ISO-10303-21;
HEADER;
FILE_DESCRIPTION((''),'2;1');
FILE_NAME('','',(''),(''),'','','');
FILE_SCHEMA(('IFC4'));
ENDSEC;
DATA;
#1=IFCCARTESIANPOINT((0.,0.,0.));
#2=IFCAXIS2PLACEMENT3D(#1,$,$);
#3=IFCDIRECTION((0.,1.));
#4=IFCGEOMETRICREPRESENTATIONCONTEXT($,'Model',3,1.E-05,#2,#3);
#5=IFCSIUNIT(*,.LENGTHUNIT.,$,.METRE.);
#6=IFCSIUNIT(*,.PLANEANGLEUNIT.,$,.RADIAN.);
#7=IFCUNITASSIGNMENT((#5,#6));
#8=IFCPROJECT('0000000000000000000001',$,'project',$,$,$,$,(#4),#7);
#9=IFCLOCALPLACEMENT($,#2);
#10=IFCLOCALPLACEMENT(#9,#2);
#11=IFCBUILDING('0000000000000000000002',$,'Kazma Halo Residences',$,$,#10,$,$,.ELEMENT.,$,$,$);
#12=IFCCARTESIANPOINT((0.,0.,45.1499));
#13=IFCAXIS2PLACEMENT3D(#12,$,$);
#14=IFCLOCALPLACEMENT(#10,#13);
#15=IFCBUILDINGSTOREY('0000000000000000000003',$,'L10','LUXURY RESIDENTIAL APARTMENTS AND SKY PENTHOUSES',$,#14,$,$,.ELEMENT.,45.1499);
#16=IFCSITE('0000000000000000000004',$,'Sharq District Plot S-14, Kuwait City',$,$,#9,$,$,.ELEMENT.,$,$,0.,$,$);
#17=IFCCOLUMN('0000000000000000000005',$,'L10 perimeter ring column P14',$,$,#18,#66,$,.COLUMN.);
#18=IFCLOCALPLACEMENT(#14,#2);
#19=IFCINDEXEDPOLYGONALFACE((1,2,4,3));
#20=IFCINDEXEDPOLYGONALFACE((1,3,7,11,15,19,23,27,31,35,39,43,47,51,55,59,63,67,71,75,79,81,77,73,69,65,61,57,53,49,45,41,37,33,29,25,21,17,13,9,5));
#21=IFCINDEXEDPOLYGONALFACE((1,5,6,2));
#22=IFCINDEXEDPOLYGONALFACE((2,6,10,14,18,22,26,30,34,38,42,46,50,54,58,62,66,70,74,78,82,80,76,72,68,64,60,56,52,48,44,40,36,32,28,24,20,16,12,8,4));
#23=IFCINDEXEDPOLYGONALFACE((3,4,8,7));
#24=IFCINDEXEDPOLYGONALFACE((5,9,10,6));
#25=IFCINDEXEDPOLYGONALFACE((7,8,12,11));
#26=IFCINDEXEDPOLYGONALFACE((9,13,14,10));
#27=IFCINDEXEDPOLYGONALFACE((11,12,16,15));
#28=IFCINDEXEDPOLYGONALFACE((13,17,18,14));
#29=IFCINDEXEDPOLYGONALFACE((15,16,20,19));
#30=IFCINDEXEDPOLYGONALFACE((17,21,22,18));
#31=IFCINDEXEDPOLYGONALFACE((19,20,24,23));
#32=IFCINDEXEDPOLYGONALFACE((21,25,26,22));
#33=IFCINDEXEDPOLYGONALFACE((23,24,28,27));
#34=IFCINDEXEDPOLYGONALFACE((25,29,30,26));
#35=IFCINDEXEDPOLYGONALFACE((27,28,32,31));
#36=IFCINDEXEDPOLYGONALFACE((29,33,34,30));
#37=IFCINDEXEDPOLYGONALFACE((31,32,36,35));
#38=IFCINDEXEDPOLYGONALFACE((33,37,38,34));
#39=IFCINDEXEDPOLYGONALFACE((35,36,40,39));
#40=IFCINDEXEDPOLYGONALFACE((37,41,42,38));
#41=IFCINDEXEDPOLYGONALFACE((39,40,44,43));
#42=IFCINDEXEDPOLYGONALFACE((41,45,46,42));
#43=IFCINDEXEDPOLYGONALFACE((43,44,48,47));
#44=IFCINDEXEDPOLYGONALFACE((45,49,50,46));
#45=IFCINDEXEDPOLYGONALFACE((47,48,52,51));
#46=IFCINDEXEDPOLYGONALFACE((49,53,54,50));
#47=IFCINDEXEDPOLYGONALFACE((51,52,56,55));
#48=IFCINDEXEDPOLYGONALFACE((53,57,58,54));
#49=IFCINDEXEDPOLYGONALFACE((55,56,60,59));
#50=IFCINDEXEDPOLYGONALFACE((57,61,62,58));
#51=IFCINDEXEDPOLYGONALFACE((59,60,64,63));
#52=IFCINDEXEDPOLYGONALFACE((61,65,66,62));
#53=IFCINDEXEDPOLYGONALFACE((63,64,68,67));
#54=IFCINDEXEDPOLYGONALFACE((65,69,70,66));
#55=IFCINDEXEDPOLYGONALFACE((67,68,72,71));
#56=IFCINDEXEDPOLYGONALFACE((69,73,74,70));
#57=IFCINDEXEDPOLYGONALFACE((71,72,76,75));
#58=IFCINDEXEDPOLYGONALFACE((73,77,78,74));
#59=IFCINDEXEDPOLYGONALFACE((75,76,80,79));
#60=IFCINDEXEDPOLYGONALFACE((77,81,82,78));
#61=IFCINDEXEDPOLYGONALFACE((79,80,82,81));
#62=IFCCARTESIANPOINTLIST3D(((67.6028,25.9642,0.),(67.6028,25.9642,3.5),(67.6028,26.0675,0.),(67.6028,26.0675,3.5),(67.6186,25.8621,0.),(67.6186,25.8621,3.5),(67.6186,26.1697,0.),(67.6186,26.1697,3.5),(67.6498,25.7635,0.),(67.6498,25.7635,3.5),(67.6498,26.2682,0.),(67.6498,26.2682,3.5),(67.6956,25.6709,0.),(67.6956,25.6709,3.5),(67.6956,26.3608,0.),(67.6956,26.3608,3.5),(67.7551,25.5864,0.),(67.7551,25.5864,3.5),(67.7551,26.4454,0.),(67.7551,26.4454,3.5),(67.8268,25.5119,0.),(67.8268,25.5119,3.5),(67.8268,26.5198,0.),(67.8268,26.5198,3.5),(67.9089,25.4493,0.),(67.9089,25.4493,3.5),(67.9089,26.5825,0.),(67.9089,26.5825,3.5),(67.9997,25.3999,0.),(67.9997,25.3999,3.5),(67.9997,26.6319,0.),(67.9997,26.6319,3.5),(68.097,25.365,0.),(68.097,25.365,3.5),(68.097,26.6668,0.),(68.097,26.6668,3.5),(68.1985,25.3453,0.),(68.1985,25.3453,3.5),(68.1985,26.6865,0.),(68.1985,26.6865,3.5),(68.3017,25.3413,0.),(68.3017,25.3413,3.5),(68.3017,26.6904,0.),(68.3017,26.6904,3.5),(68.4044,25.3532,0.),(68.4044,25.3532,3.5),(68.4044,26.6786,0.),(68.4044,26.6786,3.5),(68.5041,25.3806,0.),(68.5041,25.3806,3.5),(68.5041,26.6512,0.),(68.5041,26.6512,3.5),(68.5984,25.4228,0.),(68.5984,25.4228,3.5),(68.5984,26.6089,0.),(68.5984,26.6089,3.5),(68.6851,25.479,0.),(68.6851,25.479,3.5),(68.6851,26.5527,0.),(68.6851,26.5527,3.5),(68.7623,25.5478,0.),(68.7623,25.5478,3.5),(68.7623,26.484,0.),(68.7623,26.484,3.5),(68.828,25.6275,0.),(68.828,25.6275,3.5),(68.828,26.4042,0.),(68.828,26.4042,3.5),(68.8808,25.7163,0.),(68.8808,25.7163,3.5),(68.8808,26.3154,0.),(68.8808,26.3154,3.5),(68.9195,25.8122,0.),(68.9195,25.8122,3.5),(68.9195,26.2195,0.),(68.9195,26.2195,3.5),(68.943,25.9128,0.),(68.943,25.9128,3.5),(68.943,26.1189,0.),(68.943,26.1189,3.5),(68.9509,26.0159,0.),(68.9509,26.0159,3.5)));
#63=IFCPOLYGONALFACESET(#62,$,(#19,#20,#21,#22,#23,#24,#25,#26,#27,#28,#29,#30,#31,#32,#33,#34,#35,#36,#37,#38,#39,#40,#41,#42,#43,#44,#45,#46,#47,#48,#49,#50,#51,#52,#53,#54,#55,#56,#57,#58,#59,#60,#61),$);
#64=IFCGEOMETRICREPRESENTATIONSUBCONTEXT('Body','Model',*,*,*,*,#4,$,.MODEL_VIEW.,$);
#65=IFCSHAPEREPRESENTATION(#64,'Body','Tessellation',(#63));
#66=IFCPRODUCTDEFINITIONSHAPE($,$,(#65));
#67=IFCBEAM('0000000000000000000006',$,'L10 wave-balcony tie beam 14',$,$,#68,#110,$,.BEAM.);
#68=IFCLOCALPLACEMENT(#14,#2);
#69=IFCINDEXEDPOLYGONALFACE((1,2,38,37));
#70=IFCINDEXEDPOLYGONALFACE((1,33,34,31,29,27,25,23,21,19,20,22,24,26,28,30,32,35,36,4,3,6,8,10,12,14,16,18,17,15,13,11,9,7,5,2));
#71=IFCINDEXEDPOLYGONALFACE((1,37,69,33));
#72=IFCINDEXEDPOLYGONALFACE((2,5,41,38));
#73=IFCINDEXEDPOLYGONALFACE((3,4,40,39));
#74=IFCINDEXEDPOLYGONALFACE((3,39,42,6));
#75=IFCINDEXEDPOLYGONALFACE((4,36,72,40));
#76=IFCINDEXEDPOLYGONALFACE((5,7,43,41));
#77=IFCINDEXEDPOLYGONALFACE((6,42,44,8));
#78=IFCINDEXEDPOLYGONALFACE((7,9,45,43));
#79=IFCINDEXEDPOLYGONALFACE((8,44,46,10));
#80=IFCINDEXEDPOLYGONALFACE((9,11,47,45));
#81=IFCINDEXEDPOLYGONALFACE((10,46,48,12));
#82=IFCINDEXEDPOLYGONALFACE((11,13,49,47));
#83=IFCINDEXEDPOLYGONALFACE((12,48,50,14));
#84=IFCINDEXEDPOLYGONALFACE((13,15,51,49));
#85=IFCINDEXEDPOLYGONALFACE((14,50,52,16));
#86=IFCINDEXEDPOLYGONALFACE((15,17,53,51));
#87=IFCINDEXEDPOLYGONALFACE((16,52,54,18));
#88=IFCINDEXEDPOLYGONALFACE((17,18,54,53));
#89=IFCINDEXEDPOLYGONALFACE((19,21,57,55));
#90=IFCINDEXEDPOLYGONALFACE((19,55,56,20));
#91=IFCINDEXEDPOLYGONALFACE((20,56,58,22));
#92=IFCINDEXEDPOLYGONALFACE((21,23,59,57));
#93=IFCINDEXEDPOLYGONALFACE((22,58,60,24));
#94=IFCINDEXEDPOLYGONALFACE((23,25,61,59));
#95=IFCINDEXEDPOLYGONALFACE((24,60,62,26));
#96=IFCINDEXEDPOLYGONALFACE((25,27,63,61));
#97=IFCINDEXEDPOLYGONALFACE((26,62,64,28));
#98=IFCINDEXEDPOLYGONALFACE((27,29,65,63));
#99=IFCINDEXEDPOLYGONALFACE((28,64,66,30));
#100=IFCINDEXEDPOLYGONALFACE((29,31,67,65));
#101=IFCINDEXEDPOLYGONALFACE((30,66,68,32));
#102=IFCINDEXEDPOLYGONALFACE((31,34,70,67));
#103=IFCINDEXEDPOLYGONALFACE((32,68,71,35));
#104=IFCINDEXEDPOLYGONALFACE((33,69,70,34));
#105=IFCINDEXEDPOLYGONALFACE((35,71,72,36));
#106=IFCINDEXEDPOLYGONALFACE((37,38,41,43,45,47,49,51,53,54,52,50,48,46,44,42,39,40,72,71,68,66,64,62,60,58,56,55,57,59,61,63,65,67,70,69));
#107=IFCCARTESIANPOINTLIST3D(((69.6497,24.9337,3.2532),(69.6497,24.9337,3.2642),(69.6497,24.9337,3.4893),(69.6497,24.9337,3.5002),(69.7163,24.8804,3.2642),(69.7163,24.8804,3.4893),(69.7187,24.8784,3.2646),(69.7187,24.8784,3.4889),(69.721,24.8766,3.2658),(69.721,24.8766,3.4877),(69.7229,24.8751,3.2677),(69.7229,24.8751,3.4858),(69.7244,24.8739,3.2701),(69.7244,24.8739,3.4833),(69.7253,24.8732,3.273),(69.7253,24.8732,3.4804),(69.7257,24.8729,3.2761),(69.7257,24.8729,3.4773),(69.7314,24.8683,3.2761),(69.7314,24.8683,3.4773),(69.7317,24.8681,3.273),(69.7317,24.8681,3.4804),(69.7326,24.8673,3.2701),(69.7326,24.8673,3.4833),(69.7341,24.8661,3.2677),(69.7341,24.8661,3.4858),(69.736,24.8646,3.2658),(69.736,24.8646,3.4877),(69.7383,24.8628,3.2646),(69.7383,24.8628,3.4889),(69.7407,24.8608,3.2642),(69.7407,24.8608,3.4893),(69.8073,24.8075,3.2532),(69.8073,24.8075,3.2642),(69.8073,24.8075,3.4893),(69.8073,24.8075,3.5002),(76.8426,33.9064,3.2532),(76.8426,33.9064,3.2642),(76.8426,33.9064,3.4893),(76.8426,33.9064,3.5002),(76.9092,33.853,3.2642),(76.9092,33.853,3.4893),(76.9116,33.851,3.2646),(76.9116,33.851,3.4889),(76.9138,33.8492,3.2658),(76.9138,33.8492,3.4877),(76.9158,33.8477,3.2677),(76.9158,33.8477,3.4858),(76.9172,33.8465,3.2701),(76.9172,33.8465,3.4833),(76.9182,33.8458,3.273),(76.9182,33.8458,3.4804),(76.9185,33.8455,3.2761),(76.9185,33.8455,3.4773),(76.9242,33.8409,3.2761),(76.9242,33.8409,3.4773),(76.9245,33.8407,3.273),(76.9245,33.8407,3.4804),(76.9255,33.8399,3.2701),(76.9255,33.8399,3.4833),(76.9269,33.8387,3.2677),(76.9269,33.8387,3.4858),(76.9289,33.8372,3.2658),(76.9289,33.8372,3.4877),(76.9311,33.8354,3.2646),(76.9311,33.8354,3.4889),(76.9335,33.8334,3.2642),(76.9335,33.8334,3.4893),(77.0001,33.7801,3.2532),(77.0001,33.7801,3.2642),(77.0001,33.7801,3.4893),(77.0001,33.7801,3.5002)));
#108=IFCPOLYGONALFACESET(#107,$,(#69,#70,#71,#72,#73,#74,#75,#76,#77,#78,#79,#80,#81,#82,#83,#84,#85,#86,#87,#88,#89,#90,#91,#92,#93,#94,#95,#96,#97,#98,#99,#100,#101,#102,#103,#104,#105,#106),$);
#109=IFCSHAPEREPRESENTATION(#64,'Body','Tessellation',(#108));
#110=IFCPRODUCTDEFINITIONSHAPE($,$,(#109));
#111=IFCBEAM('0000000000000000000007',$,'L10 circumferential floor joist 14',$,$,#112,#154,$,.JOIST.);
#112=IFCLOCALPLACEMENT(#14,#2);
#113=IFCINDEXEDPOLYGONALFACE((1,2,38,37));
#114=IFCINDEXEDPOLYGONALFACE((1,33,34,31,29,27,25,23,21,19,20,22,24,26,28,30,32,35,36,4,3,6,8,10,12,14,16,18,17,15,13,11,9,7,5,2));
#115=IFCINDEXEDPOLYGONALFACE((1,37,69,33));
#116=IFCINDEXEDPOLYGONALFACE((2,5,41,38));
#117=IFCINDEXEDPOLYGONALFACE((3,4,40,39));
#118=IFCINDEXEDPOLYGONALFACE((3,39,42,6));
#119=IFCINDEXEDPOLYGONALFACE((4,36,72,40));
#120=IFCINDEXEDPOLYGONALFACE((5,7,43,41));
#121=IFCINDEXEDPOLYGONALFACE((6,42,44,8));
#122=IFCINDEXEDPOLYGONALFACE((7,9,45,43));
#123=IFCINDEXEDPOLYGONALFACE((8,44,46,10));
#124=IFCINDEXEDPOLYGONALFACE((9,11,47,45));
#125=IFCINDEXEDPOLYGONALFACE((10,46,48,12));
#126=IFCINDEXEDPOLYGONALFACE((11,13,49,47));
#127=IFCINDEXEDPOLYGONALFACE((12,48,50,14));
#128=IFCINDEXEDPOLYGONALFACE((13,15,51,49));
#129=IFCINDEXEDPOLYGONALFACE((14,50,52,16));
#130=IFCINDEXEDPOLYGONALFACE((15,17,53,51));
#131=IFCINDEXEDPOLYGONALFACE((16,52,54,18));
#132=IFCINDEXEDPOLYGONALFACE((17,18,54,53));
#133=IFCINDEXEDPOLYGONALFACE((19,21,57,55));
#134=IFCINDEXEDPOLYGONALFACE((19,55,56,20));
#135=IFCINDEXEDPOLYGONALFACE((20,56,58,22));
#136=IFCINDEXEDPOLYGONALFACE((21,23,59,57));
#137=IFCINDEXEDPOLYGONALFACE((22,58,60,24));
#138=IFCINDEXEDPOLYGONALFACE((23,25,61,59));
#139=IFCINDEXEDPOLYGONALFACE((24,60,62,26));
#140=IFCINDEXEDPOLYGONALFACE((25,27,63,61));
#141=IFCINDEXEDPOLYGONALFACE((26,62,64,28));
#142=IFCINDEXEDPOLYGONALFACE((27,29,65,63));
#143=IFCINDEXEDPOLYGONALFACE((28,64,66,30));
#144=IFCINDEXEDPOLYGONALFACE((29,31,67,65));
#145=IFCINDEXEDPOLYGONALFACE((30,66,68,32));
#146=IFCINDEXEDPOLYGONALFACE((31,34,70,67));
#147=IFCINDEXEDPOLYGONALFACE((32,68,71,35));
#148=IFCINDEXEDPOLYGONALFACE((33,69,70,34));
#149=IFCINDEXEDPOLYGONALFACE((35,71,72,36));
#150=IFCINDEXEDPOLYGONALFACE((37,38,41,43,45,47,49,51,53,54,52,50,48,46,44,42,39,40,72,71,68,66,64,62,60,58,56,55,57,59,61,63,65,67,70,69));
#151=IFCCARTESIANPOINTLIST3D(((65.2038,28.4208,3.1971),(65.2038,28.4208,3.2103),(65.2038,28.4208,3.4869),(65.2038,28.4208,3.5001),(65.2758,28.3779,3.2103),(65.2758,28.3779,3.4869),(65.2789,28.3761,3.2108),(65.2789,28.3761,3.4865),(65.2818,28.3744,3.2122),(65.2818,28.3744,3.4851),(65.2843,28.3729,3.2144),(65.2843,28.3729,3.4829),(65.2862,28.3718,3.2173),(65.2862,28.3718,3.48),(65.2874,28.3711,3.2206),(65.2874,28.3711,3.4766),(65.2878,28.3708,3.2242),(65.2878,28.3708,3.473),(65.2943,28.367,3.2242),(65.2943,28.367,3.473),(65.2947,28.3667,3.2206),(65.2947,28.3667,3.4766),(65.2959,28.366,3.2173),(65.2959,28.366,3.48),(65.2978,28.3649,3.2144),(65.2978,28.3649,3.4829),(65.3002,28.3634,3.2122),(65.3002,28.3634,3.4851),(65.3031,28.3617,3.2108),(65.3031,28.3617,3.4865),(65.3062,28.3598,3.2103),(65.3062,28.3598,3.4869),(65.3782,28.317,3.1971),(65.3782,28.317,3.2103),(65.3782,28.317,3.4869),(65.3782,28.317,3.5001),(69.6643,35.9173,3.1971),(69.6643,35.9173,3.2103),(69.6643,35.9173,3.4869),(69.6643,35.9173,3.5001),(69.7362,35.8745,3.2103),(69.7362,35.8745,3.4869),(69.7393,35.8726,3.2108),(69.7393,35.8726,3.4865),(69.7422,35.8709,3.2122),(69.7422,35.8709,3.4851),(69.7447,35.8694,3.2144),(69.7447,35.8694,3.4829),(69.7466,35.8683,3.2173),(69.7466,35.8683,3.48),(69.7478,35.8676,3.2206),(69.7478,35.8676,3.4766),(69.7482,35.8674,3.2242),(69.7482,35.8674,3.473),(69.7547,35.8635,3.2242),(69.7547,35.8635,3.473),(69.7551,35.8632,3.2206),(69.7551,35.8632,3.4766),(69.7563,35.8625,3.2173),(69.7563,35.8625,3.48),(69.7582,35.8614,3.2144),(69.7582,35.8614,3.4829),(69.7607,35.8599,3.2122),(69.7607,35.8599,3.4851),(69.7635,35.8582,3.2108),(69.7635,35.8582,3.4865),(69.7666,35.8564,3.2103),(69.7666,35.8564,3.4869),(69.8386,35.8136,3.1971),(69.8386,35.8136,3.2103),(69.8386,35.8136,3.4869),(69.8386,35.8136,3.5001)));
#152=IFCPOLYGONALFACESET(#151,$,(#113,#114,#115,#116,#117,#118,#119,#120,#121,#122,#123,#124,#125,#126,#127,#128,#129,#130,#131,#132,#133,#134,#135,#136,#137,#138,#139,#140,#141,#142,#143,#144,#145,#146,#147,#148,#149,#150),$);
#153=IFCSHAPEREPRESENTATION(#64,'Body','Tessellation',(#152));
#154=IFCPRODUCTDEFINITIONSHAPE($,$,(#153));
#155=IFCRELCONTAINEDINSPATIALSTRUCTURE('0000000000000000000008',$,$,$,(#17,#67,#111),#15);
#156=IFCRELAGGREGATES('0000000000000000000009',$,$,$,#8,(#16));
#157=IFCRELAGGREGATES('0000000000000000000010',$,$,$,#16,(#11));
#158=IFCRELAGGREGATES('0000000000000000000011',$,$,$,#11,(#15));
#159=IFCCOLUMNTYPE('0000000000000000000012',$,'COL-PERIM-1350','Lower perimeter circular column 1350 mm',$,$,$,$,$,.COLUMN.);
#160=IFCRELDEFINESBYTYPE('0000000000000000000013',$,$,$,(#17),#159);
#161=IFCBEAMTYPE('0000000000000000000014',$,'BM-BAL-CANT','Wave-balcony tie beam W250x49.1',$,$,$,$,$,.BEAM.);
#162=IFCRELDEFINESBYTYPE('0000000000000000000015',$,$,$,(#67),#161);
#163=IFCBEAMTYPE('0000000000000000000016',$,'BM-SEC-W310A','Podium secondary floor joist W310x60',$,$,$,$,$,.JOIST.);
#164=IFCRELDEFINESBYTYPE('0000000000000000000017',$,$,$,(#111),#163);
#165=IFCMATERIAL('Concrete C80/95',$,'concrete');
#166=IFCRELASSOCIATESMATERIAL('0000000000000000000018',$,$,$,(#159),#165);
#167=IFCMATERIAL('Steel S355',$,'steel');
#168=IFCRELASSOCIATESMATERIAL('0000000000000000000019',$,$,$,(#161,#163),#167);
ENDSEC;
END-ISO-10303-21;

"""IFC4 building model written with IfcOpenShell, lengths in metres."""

from ifc_helpers import new_model, si_unit, direction, frame, origin, origin_2d, place, context, subcontext, project, spatial, circle, i_section, extrude, material, material_profile, profile_set, type_object, element, save


model = new_model("IFC4")

# Units and contexts
model_context = context("Model", 3, precision=1e-05, world=origin(), true_north=direction((0.0, 1.0)))
body_context = subcontext(model_context, "Body", "Model", "MODEL_VIEW")
ifc_project = project(units=[si_unit("LENGTHUNIT", "METRE"), si_unit("PLANEANGLEUNIT", "RADIAN")], contexts=[model_context])

# Site, building, storey
site_placement = place(None, origin())
site = spatial("IfcSite", under=ifc_project, at=site_placement, Name="Sharq District Plot S-14, Kuwait City", CompositionType="ELEMENT", RefElevation=0.0)
building_placement = place(site_placement, origin())
building = spatial("IfcBuilding", under=site, at=building_placement, Name="Kazma Halo Residences", CompositionType="ELEMENT")
storey_placement = place(building_placement, frame((0.0, 0.0, 45.1499)))
storey = spatial("IfcBuildingStorey", under=building, at=storey_placement, Name="L10", Description="LUXURY RESIDENTIAL APARTMENTS AND SKY PENTHOUSES", CompositionType="ELEMENT", Elevation=45.1499)

# Column
ifc_material_1 = material(Name="Concrete C80/95", Category="concrete")
ifc_material_profile_1 = material_profile(ifc_material_1, circle(Radius=0.675, at=origin_2d()), Name="CIRC1350")
ifc_profile_set_1 = profile_set([ifc_material_profile_1], Name="Concrete C80/95")
column_type = type_object("IfcColumnType", Name="COL-PERIM-1350", Description="Lower perimeter circular column 1350 mm", PredefinedType="COLUMN", material=ifc_profile_set_1)
column_placement = place(storey_placement, frame((68.2759, 26.0159, 0.0), z_axis=(0.0, 0.0, 1.0), x_axis=(1.0, 0.0, 0.0)))
element("IfcColumn", 1, at=column_placement, inside=storey, type_object=column_type, Name="L10 perimeter ring column P14", PredefinedType="COLUMN", context=body_context, shape_type="SweptSolid", body=[
    extrude(circle(Radius=0.675, at=origin_2d()), origin(), (0.0, 0.0, 1.0), 3.5),
])

# Beams
ifc_material_2 = material(Name="Steel S355", Category="steel")
ifc_material_profile_2 = material_profile(ifc_material_2, i_section(OverallWidth=0.2019, OverallDepth=0.2471, WebThickness=0.0073, FlangeThickness=0.011, FilletRadius=0.012, at=origin_2d()), Name="W250x49.1")
ifc_profile_set_2 = profile_set([ifc_material_profile_2], Name="Steel S355")
beam_type_1 = type_object("IfcBeamType", Name="BM-BAL-CANT", Description="Wave-balcony tie beam W250x49.1", PredefinedType="BEAM", material=ifc_profile_set_2)
beam_1_placement = place(storey_placement, frame((69.7285, 24.8706, 3.3767), z_axis=(0.625477, 0.780243, 0.0), x_axis=(-0.780243, 0.625477, 0.0)))
element("IfcBeam", 2, at=beam_1_placement, inside=storey, type_object=beam_type_1, Name="L10 wave-balcony tie beam 14", PredefinedType="BEAM", context=body_context, shape_type="SweptSolid", body=[
    extrude(i_section(OverallWidth=0.2019, OverallDepth=0.2471, WebThickness=0.0073, FlangeThickness=0.011, FilletRadius=0.012, at=origin_2d()), origin(), (0.0, 0.0, 1.0), 11.4998),
])
ifc_material_profile_3 = material_profile(ifc_material_2, i_section(OverallWidth=0.2029, OverallDepth=0.303, WebThickness=0.0076, FlangeThickness=0.0132, FilletRadius=0.0139, at=origin_2d()), Name="W310x60")
ifc_profile_set_3 = profile_set([ifc_material_profile_3], Name="Steel S355")
beam_type_2 = type_object("IfcBeamType", Name="BM-SEC-W310A", Description="Podium secondary floor joist W310x60", PredefinedType="JOIST", material=ifc_profile_set_3)
beam_2_placement = place(storey_placement, frame((65.291, 28.3689, 3.3486), z_axis=(0.511331, 0.859384, 0.0), x_axis=(-0.859384, 0.511331, 0.0)))
element("IfcBeam", 3, at=beam_2_placement, inside=storey, type_object=beam_type_2, Name="L10 circumferential floor joist 14", PredefinedType="JOIST", context=body_context, shape_type="SweptSolid", body=[
    extrude(i_section(OverallWidth=0.2029, OverallDepth=0.303, WebThickness=0.0076, FlangeThickness=0.0132, FilletRadius=0.0139, at=origin_2d()), origin(), (0.0, 0.0, 1.0), 8.7231),
])

save(model, "model.ifc")
